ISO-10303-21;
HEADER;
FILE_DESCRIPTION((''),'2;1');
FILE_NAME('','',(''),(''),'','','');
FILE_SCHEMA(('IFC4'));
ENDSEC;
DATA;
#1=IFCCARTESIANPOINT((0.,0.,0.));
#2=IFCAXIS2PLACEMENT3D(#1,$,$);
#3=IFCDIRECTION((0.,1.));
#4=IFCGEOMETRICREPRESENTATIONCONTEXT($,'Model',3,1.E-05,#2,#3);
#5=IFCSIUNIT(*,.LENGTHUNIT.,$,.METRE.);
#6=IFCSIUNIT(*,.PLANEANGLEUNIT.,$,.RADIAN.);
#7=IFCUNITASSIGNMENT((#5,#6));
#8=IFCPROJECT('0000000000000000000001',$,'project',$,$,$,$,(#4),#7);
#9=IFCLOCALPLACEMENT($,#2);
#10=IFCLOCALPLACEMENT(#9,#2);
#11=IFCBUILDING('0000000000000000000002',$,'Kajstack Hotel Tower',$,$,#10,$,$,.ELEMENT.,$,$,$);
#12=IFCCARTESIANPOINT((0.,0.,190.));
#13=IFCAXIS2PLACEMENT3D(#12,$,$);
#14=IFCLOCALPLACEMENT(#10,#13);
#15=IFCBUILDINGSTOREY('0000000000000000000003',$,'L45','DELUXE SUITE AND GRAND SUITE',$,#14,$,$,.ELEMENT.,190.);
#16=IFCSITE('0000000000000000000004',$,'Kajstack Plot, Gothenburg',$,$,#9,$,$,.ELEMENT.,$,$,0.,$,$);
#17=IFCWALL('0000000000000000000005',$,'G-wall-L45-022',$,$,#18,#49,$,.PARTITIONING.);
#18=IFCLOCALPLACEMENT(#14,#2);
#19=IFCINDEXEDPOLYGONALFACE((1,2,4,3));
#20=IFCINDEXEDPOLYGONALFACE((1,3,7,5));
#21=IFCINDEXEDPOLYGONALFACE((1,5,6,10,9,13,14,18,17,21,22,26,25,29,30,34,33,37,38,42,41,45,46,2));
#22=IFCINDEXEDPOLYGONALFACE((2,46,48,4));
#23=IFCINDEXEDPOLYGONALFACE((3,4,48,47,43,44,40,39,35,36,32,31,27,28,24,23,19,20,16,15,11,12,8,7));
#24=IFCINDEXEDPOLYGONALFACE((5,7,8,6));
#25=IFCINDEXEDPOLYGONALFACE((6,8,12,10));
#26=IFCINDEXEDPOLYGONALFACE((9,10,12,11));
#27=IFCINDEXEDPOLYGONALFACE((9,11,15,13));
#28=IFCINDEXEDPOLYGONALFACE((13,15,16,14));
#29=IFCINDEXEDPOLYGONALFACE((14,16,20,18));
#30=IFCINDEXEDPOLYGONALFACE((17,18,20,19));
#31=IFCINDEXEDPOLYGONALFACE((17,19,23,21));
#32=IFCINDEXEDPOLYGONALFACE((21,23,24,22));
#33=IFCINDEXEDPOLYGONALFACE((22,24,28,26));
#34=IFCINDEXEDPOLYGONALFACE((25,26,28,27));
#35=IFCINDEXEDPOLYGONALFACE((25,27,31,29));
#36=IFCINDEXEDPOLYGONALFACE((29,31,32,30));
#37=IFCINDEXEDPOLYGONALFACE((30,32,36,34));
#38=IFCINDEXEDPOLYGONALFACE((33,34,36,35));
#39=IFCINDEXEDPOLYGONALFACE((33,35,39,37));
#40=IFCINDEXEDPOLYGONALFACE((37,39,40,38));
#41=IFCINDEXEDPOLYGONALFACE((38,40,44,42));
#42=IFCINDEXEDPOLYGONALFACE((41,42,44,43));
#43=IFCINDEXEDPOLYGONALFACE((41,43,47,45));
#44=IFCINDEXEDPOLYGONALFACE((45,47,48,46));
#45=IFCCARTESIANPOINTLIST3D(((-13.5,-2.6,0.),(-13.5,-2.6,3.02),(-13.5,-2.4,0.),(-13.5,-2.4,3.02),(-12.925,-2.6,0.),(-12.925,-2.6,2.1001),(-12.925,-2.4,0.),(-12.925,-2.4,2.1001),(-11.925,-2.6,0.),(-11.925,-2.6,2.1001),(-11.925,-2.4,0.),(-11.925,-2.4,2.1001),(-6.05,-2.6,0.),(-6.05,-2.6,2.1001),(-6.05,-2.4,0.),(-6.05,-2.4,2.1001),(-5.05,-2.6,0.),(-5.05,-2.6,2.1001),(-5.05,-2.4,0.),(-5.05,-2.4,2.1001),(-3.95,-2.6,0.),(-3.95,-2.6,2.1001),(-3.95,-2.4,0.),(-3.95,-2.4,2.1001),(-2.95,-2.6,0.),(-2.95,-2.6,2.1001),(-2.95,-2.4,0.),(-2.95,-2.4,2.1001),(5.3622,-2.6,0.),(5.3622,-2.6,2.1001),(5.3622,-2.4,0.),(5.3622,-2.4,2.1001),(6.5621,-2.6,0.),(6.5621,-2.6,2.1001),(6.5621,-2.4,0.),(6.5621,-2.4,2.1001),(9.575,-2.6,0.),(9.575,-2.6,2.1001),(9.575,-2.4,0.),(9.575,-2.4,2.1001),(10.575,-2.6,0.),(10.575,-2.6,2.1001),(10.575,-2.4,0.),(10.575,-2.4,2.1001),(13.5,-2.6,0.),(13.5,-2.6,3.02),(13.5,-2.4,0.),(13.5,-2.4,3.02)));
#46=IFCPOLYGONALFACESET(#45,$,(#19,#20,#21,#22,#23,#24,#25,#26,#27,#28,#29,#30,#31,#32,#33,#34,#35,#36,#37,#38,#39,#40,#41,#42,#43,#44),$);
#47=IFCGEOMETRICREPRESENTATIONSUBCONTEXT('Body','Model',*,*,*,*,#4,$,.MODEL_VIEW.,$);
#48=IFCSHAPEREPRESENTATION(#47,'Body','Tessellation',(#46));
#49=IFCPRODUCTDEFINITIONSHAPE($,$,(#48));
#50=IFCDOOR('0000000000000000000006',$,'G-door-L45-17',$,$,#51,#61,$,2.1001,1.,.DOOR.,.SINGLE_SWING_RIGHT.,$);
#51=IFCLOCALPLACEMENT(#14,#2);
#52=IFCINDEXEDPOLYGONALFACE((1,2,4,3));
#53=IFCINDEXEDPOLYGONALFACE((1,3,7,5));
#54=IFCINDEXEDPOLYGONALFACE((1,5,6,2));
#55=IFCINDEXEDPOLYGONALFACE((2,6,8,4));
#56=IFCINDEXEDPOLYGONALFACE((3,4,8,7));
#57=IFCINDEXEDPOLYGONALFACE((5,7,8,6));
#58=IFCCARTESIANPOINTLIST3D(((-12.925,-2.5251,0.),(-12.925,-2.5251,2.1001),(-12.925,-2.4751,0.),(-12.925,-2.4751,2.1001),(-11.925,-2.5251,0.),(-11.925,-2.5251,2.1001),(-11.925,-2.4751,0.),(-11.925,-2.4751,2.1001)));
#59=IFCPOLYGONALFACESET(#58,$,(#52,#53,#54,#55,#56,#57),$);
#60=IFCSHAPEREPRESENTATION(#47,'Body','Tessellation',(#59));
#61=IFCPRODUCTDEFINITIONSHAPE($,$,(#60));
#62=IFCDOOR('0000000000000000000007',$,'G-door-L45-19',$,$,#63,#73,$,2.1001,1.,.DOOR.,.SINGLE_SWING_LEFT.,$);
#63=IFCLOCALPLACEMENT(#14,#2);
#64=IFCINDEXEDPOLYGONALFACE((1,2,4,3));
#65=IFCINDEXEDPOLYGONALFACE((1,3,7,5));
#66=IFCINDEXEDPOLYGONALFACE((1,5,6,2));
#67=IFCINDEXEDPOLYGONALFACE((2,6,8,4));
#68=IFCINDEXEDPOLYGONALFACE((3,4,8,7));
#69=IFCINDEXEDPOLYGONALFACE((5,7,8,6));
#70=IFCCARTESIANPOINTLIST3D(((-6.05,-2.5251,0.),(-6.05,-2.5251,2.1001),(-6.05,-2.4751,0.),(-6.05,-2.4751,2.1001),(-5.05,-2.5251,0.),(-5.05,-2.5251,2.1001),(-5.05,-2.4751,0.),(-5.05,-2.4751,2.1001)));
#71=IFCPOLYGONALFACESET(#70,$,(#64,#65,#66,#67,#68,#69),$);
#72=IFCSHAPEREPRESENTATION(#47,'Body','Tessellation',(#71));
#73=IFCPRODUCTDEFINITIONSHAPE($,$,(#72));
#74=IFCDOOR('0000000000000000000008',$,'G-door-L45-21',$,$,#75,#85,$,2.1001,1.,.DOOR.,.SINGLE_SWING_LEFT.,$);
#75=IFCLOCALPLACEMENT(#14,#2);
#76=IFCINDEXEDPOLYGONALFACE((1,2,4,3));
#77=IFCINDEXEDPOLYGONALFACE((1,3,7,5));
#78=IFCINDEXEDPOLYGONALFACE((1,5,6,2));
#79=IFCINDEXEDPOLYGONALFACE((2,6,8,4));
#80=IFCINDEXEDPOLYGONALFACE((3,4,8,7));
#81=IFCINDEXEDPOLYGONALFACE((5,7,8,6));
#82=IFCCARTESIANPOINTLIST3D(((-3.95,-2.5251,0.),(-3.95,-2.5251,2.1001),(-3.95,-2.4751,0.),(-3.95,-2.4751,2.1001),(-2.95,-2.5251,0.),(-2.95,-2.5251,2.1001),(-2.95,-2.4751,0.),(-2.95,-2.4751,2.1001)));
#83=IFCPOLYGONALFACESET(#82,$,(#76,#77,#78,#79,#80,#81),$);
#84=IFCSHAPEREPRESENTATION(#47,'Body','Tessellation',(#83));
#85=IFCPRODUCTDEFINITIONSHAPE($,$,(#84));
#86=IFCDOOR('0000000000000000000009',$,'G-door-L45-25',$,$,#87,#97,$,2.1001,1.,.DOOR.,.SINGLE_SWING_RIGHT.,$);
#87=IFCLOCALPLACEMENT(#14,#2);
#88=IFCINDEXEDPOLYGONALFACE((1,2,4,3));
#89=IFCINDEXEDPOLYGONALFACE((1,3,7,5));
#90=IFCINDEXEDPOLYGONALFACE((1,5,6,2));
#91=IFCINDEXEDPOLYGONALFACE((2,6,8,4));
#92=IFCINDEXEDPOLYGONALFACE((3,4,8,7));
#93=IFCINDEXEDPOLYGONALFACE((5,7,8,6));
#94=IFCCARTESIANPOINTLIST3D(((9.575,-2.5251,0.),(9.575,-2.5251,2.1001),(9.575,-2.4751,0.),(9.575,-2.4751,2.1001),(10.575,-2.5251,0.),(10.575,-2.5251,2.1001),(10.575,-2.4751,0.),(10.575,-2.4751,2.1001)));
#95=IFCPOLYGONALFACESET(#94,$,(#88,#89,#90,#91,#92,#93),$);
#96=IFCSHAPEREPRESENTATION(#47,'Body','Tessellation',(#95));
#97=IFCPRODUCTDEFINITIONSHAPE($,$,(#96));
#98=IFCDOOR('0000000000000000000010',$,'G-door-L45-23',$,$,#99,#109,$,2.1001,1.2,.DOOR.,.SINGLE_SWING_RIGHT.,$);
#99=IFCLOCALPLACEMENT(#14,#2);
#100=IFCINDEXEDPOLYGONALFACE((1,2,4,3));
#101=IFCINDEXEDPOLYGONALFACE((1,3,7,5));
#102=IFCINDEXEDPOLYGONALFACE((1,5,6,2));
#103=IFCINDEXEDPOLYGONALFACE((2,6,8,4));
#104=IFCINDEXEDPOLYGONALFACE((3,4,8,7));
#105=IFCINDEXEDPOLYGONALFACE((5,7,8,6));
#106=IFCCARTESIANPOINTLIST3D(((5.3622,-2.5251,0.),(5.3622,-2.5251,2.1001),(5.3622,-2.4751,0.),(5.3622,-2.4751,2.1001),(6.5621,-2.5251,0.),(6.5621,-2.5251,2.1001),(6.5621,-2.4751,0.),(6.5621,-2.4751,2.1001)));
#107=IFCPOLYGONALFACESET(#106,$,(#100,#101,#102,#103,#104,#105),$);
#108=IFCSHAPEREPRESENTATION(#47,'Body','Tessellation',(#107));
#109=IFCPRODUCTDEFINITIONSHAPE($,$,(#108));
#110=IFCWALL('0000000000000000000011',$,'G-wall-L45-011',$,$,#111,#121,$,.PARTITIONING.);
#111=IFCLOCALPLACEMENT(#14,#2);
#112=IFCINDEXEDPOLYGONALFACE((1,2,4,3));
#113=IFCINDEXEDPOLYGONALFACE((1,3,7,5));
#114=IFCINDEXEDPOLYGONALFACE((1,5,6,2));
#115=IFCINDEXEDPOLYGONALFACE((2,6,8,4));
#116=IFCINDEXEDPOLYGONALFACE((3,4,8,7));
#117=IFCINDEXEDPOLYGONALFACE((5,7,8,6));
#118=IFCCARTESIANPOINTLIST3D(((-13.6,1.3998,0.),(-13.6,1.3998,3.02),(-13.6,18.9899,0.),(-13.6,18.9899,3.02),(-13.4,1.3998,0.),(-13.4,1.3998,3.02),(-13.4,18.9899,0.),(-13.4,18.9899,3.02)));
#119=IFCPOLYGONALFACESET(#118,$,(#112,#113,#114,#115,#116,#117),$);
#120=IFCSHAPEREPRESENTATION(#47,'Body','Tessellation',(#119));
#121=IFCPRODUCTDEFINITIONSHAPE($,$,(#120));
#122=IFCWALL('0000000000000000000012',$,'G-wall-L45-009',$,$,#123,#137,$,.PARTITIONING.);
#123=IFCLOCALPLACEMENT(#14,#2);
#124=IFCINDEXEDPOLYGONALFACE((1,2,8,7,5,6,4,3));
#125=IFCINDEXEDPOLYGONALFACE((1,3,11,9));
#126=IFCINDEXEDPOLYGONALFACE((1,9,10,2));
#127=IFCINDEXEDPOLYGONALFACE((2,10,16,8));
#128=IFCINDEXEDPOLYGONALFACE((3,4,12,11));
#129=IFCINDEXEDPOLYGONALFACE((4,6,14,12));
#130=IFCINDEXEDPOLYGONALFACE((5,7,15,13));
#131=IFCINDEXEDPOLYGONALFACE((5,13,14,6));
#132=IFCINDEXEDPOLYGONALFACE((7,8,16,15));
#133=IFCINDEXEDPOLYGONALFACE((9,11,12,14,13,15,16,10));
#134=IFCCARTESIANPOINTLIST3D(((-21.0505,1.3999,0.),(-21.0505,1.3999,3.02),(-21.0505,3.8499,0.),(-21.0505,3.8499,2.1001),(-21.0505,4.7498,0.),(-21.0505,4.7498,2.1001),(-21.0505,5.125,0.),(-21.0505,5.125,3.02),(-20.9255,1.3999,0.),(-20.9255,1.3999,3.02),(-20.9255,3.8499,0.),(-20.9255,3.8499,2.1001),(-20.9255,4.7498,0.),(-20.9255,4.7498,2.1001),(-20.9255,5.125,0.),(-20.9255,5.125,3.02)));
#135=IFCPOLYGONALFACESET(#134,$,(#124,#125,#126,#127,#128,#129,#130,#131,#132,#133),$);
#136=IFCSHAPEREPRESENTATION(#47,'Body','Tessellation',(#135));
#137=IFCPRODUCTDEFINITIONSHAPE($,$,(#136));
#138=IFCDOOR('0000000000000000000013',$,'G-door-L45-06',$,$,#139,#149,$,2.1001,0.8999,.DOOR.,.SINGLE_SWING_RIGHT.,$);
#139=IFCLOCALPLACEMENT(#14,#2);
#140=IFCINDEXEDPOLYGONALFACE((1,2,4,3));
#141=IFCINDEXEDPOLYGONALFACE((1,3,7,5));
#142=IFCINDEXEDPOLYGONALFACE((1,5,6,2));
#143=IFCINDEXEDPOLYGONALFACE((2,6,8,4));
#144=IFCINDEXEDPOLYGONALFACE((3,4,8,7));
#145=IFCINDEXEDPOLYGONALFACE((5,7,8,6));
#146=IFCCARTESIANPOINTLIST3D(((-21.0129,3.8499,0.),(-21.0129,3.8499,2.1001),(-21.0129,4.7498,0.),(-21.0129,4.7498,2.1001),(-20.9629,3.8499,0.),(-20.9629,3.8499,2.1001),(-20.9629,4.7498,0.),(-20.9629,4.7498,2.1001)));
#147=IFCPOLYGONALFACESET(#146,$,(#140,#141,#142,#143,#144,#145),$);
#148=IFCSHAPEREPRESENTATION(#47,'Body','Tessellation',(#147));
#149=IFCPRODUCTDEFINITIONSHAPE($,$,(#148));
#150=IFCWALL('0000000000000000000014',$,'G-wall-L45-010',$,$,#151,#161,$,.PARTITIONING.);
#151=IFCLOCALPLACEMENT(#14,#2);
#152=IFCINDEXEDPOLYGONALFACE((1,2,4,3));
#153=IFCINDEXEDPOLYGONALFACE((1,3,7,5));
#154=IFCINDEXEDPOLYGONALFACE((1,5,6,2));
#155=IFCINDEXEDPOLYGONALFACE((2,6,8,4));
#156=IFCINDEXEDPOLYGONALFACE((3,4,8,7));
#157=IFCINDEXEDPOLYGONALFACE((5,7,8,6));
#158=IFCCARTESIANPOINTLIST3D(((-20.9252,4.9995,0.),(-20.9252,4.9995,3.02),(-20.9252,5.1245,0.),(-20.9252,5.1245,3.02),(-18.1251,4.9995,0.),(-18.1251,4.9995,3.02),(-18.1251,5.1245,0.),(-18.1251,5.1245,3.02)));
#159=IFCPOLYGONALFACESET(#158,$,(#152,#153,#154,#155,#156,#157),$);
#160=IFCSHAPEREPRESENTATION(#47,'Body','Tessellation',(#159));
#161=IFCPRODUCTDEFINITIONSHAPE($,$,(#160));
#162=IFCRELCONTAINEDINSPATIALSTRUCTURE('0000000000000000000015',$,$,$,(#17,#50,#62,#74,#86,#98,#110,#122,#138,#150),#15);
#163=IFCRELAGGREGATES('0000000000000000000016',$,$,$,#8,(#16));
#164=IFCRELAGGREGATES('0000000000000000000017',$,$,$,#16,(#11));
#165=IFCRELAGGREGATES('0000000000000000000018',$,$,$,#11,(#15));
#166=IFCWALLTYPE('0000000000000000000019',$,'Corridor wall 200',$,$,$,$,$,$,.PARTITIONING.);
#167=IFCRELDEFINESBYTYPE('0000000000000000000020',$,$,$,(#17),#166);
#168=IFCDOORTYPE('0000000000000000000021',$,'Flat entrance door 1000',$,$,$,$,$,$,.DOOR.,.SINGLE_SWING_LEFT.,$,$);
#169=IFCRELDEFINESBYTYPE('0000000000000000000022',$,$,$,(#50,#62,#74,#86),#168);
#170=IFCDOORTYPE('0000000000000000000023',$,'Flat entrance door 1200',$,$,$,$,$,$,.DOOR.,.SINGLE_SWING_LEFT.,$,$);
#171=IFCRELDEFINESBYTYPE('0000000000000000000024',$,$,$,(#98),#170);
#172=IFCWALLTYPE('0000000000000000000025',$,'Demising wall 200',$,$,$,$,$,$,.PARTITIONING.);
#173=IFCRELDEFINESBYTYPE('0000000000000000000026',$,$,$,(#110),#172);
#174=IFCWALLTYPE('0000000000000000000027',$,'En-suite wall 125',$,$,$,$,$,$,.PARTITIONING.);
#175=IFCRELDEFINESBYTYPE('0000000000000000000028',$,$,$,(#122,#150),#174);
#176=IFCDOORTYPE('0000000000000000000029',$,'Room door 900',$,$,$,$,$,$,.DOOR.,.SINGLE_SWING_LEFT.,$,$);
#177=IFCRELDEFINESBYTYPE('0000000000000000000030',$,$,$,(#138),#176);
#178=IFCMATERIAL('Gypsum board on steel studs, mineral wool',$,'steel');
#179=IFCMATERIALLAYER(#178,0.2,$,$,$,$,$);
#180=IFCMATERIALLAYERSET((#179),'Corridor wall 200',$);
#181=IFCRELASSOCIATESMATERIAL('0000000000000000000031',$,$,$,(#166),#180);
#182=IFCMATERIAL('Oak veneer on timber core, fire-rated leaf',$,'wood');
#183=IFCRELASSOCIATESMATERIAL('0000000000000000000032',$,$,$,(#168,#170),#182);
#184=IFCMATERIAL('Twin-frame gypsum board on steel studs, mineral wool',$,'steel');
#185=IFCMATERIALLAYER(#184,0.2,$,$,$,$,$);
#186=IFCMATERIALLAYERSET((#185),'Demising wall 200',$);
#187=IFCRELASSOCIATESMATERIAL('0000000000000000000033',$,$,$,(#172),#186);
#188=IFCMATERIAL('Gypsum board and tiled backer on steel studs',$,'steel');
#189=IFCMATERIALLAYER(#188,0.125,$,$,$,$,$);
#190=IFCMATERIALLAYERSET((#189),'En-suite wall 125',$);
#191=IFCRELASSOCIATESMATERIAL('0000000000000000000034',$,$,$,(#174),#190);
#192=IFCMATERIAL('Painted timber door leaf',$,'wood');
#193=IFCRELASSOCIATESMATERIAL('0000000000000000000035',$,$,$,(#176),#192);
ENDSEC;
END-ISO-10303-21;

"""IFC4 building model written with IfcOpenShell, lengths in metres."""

from ifc_helpers import new_model, si_unit, direction, frame, frame_2d, origin, place, context, subcontext, project, spatial, rectangle, extrude, material, layer, layer_set, type_object, element, fill, save


model = new_model("IFC4")

# Units and contexts
model_context = context("Model", 3, precision=1e-05, world=origin(), true_north=direction((0.0, 1.0)))
body_context = subcontext(model_context, "Body", "Model", "MODEL_VIEW")
ifc_project = project(units=[si_unit("LENGTHUNIT", "METRE"), si_unit("PLANEANGLEUNIT", "RADIAN")], contexts=[model_context])

# Site, building, storey
site_placement = place(None, origin())
site = spatial("IfcSite", under=ifc_project, at=site_placement, Name="Kajstack Plot, Gothenburg", CompositionType="ELEMENT", RefElevation=0.0)
building_placement = place(site_placement, origin())
building = spatial("IfcBuilding", under=site, at=building_placement, Name="Kajstack Hotel Tower", CompositionType="ELEMENT")
storey_placement = place(building_placement, frame((0.0, 0.0, 190.0)))
storey = spatial("IfcBuildingStorey", under=building, at=storey_placement, Name="L45", Description="DELUXE SUITE AND GRAND SUITE", CompositionType="ELEMENT", Elevation=190.0)

# Wall, openings, doors
ifc_material_1 = material(Name="Gypsum board on steel studs, mineral wool", Category="steel")
ifc_layer_1 = layer(ifc_material_1, 0.2)
ifc_layer_set_1 = layer_set([ifc_layer_1], Name="Corridor wall 200")
wall_type_1 = type_object("IfcWallType", Name="Corridor wall 200", PredefinedType="PARTITIONING", material=ifc_layer_set_1)
ifc_material_2 = material(Name="Oak veneer on timber core, fire-rated leaf", Category="wood")
door_type_1 = type_object("IfcDoorType", Name="Flat entrance door 1000", OperationType="SINGLE_SWING_LEFT", PredefinedType="DOOR", material=ifc_material_2)
door_type_2 = type_object("IfcDoorType", Name="Flat entrance door 1200", OperationType="SINGLE_SWING_LEFT", PredefinedType="DOOR", material=ifc_material_2)
wall_1_placement = place(storey_placement, frame((-13.5, -2.5, 0.0), z_axis=(0.0, 0.0, 1.0), x_axis=(1.0, 0.0, 0.0)))
wall_1 = element("IfcWall", 1, at=wall_1_placement, inside=storey, type_object=wall_type_1, Name="G-wall-L45-022", PredefinedType="PARTITIONING", context=body_context, shape_type="SweptSolid", body=[
    extrude(rectangle(XDim=27.0, YDim=0.2, at=frame_2d((13.5, 0.0))), origin(), (0.0, 0.0, 1.0), 3.02),
])
opening_1_placement = place(wall_1_placement, frame((0.575, 0.0, 0.0)))
opening_1 = element("IfcOpeningElement", 2, at=opening_1_placement, cuts=wall_1, PredefinedType="OPENING", context=body_context, shape_type="SweptSolid", body=[
    extrude(rectangle(XDim=1.0, YDim=2.1001, at=frame_2d((0.5, 1.05))), frame((0.0, 0.1099, 0.0), z_axis=(0.0, -1.0, 0.0), x_axis=(1.0, 0.0, 0.0)), (0.0, 0.0, 1.0), 0.22),
])
opening_2_placement = place(wall_1_placement, frame((7.45, 0.0, 0.0)))
opening_2 = element("IfcOpeningElement", 3, at=opening_2_placement, cuts=wall_1, PredefinedType="OPENING", context=body_context, shape_type="SweptSolid", body=[
    extrude(rectangle(XDim=1.0, YDim=2.1001, at=frame_2d((0.5, 1.05))), frame((0.0, 0.1099, 0.0), z_axis=(0.0, -1.0, 0.0), x_axis=(1.0, 0.0, 0.0)), (0.0, 0.0, 1.0), 0.22),
])
opening_3_placement = place(wall_1_placement, frame((9.55, 0.0, 0.0)))
opening_3 = element("IfcOpeningElement", 4, at=opening_3_placement, cuts=wall_1, PredefinedType="OPENING", context=body_context, shape_type="SweptSolid", body=[
    extrude(rectangle(XDim=1.0, YDim=2.1001, at=frame_2d((0.5, 1.05))), frame((0.0, 0.1099, 0.0), z_axis=(0.0, -1.0, 0.0), x_axis=(1.0, 0.0, 0.0)), (0.0, 0.0, 1.0), 0.22),
])
opening_4_placement = place(wall_1_placement, frame((18.8621, 0.0, 0.0)))
opening_4 = element("IfcOpeningElement", 5, at=opening_4_placement, cuts=wall_1, PredefinedType="OPENING", context=body_context, shape_type="SweptSolid", body=[
    extrude(rectangle(XDim=1.2, YDim=2.1001, at=frame_2d((0.6001, 1.05))), frame((0.0, 0.1099, 0.0), z_axis=(0.0, -1.0, 0.0), x_axis=(1.0, 0.0, 0.0)), (0.0, 0.0, 1.0), 0.22),
])
opening_5_placement = place(wall_1_placement, frame((23.075, 0.0, 0.0)))
opening_5 = element("IfcOpeningElement", 6, at=opening_5_placement, cuts=wall_1, PredefinedType="OPENING", context=body_context, shape_type="SweptSolid", body=[
    extrude(rectangle(XDim=1.0, YDim=2.1001, at=frame_2d((0.5, 1.05))), frame((0.0, 0.1099, 0.0), z_axis=(0.0, -1.0, 0.0), x_axis=(1.0, 0.0, 0.0)), (0.0, 0.0, 1.0), 0.22),
])
door_1_placement = place(opening_1_placement, origin())
door_1 = element("IfcDoor", 7, at=door_1_placement, inside=storey, type_object=door_type_1, Name="G-door-L45-17", OperationType="SINGLE_SWING_RIGHT", OverallHeight=2.1001, OverallWidth=1.0, PredefinedType="DOOR", context=body_context, shape_type="SweptSolid", body=[
    extrude(rectangle(XDim=1.0, YDim=2.1001, at=frame_2d((0.5, 1.05))), frame((0.0, 0.0249, 0.0), z_axis=(0.0, -1.0, 0.0), x_axis=(1.0, 0.0, 0.0)), (0.0, 0.0, 1.0), 0.05),
])
fill(opening_1, door_1)
door_2_placement = place(opening_2_placement, origin())
door_2 = element("IfcDoor", 8, at=door_2_placement, inside=storey, type_object=door_type_1, Name="G-door-L45-19", OperationType="SINGLE_SWING_LEFT", OverallHeight=2.1001, OverallWidth=1.0, PredefinedType="DOOR", context=body_context, shape_type="SweptSolid", body=[
    extrude(rectangle(XDim=1.0, YDim=2.1001, at=frame_2d((0.5, 1.05))), frame((0.0, 0.0249, 0.0), z_axis=(0.0, -1.0, 0.0), x_axis=(1.0, 0.0, 0.0)), (0.0, 0.0, 1.0), 0.05),
])
fill(opening_2, door_2)
door_3_placement = place(opening_3_placement, origin())
door_3 = element("IfcDoor", 9, at=door_3_placement, inside=storey, type_object=door_type_1, Name="G-door-L45-21", OperationType="SINGLE_SWING_LEFT", OverallHeight=2.1001, OverallWidth=1.0, PredefinedType="DOOR", context=body_context, shape_type="SweptSolid", body=[
    extrude(rectangle(XDim=1.0, YDim=2.1001, at=frame_2d((0.5, 1.05))), frame((0.0, 0.0249, 0.0), z_axis=(0.0, -1.0, 0.0), x_axis=(1.0, 0.0, 0.0)), (0.0, 0.0, 1.0), 0.05),
])
fill(opening_3, door_3)
door_4_placement = place(opening_5_placement, origin())
door_4 = element("IfcDoor", 10, at=door_4_placement, inside=storey, type_object=door_type_1, Name="G-door-L45-25", OperationType="SINGLE_SWING_RIGHT", OverallHeight=2.1001, OverallWidth=1.0, PredefinedType="DOOR", context=body_context, shape_type="SweptSolid", body=[
    extrude(rectangle(XDim=1.0, YDim=2.1001, at=frame_2d((0.5, 1.05))), frame((0.0, 0.0249, 0.0), z_axis=(0.0, -1.0, 0.0), x_axis=(1.0, 0.0, 0.0)), (0.0, 0.0, 1.0), 0.05),
])
fill(opening_5, door_4)
door_5_placement = place(opening_4_placement, origin())
door_5 = element("IfcDoor", 11, at=door_5_placement, inside=storey, type_object=door_type_2, Name="G-door-L45-23", OperationType="SINGLE_SWING_RIGHT", OverallHeight=2.1001, OverallWidth=1.2, PredefinedType="DOOR", context=body_context, shape_type="SweptSolid", body=[
    extrude(rectangle(XDim=1.2, YDim=2.1001, at=frame_2d((0.6001, 1.05))), frame((0.0, 0.0249, 0.0), z_axis=(0.0, -1.0, 0.0), x_axis=(1.0, 0.0, 0.0)), (0.0, 0.0, 1.0), 0.05),
])
fill(opening_4, door_5)

# Wall
ifc_material_3 = material(Name="Twin-frame gypsum board on steel studs, mineral wool", Category="steel")
ifc_layer_2 = layer(ifc_material_3, 0.2)
ifc_layer_set_2 = layer_set([ifc_layer_2], Name="Demising wall 200")
wall_type_2 = type_object("IfcWallType", Name="Demising wall 200", PredefinedType="PARTITIONING", material=ifc_layer_set_2)
wall_2_placement = place(storey_placement, frame((-13.5, 1.3999, 0.0), z_axis=(0.0, 0.0, 1.0), x_axis=(0.0, 1.0, 0.0)))
element("IfcWall", 12, at=wall_2_placement, inside=storey, type_object=wall_type_2, Name="G-wall-L45-011", PredefinedType="PARTITIONING", context=body_context, shape_type="SweptSolid", body=[
    extrude(rectangle(XDim=17.5901, YDim=0.2, at=frame_2d((8.7949, 0.0))), origin(), (0.0, 0.0, 1.0), 3.02),
])

# Wall, opening, door
ifc_material_4 = material(Name="Gypsum board and tiled backer on steel studs", Category="steel")
ifc_layer_3 = layer(ifc_material_4, 0.125)
ifc_layer_set_3 = layer_set([ifc_layer_3], Name="En-suite wall 125")
wall_type_3 = type_object("IfcWallType", Name="En-suite wall 125", PredefinedType="PARTITIONING", material=ifc_layer_set_3)
wall_3_placement = place(storey_placement, frame((-20.988, 1.3999, 0.0), z_axis=(0.0, 0.0, 1.0), x_axis=(0.0, 1.0, 0.0)))
wall_3 = element("IfcWall", 13, at=wall_3_placement, inside=storey, type_object=wall_type_3, Name="G-wall-L45-009", PredefinedType="PARTITIONING", context=body_context, shape_type="SweptSolid", body=[
    extrude(rectangle(XDim=3.7251, YDim=0.125, at=frame_2d((1.8625, 0.0))), origin(), (0.0, 0.0, 1.0), 3.02),
])
opening_6_placement = place(wall_3_placement, frame((2.45, 0.0, 0.0)))
opening_6 = element("IfcOpeningElement", 14, at=opening_6_placement, cuts=wall_3, PredefinedType="OPENING", context=body_context, shape_type="SweptSolid", body=[
    extrude(rectangle(XDim=0.8999, YDim=2.1001, at=frame_2d((0.45, 1.05))), frame((0.0, 0.0725, 0.0), z_axis=(0.0, -1.0, 0.0), x_axis=(1.0, 0.0, 0.0)), (0.0, 0.0, 1.0), 0.145),
])
ifc_material_5 = material(Name="Painted timber door leaf", Category="wood")
door_type_3 = type_object("IfcDoorType", Name="Room door 900", OperationType="SINGLE_SWING_LEFT", PredefinedType="DOOR", material=ifc_material_5)
door_6_placement = place(opening_6_placement, origin())
door_6 = element("IfcDoor", 15, at=door_6_placement, inside=storey, type_object=door_type_3, Name="G-door-L45-06", OperationType="SINGLE_SWING_RIGHT", OverallHeight=2.1001, OverallWidth=0.8999, PredefinedType="DOOR", context=body_context, shape_type="SweptSolid", body=[
    extrude(rectangle(XDim=0.8999, YDim=2.1001, at=frame_2d((0.45, 1.05))), frame((0.0, 0.0249, 0.0), z_axis=(0.0, -1.0, 0.0), x_axis=(1.0, 0.0, 0.0)), (0.0, 0.0, 1.0), 0.05),
])
fill(opening_6, door_6)

# Wall
wall_4_placement = place(storey_placement, frame((-20.925, 5.062, 0.0), z_axis=(0.0, 0.0, 1.0), x_axis=(1.0, 0.0, 0.0)))
element("IfcWall", 16, at=wall_4_placement, inside=storey, type_object=wall_type_3, Name="G-wall-L45-010", PredefinedType="PARTITIONING", context=body_context, shape_type="SweptSolid", body=[
    extrude(rectangle(XDim=2.8, YDim=0.125, at=frame_2d((1.3999, 0.0))), origin(), (0.0, 0.0, 1.0), 3.02),
])

save(model, "model.ifc")
